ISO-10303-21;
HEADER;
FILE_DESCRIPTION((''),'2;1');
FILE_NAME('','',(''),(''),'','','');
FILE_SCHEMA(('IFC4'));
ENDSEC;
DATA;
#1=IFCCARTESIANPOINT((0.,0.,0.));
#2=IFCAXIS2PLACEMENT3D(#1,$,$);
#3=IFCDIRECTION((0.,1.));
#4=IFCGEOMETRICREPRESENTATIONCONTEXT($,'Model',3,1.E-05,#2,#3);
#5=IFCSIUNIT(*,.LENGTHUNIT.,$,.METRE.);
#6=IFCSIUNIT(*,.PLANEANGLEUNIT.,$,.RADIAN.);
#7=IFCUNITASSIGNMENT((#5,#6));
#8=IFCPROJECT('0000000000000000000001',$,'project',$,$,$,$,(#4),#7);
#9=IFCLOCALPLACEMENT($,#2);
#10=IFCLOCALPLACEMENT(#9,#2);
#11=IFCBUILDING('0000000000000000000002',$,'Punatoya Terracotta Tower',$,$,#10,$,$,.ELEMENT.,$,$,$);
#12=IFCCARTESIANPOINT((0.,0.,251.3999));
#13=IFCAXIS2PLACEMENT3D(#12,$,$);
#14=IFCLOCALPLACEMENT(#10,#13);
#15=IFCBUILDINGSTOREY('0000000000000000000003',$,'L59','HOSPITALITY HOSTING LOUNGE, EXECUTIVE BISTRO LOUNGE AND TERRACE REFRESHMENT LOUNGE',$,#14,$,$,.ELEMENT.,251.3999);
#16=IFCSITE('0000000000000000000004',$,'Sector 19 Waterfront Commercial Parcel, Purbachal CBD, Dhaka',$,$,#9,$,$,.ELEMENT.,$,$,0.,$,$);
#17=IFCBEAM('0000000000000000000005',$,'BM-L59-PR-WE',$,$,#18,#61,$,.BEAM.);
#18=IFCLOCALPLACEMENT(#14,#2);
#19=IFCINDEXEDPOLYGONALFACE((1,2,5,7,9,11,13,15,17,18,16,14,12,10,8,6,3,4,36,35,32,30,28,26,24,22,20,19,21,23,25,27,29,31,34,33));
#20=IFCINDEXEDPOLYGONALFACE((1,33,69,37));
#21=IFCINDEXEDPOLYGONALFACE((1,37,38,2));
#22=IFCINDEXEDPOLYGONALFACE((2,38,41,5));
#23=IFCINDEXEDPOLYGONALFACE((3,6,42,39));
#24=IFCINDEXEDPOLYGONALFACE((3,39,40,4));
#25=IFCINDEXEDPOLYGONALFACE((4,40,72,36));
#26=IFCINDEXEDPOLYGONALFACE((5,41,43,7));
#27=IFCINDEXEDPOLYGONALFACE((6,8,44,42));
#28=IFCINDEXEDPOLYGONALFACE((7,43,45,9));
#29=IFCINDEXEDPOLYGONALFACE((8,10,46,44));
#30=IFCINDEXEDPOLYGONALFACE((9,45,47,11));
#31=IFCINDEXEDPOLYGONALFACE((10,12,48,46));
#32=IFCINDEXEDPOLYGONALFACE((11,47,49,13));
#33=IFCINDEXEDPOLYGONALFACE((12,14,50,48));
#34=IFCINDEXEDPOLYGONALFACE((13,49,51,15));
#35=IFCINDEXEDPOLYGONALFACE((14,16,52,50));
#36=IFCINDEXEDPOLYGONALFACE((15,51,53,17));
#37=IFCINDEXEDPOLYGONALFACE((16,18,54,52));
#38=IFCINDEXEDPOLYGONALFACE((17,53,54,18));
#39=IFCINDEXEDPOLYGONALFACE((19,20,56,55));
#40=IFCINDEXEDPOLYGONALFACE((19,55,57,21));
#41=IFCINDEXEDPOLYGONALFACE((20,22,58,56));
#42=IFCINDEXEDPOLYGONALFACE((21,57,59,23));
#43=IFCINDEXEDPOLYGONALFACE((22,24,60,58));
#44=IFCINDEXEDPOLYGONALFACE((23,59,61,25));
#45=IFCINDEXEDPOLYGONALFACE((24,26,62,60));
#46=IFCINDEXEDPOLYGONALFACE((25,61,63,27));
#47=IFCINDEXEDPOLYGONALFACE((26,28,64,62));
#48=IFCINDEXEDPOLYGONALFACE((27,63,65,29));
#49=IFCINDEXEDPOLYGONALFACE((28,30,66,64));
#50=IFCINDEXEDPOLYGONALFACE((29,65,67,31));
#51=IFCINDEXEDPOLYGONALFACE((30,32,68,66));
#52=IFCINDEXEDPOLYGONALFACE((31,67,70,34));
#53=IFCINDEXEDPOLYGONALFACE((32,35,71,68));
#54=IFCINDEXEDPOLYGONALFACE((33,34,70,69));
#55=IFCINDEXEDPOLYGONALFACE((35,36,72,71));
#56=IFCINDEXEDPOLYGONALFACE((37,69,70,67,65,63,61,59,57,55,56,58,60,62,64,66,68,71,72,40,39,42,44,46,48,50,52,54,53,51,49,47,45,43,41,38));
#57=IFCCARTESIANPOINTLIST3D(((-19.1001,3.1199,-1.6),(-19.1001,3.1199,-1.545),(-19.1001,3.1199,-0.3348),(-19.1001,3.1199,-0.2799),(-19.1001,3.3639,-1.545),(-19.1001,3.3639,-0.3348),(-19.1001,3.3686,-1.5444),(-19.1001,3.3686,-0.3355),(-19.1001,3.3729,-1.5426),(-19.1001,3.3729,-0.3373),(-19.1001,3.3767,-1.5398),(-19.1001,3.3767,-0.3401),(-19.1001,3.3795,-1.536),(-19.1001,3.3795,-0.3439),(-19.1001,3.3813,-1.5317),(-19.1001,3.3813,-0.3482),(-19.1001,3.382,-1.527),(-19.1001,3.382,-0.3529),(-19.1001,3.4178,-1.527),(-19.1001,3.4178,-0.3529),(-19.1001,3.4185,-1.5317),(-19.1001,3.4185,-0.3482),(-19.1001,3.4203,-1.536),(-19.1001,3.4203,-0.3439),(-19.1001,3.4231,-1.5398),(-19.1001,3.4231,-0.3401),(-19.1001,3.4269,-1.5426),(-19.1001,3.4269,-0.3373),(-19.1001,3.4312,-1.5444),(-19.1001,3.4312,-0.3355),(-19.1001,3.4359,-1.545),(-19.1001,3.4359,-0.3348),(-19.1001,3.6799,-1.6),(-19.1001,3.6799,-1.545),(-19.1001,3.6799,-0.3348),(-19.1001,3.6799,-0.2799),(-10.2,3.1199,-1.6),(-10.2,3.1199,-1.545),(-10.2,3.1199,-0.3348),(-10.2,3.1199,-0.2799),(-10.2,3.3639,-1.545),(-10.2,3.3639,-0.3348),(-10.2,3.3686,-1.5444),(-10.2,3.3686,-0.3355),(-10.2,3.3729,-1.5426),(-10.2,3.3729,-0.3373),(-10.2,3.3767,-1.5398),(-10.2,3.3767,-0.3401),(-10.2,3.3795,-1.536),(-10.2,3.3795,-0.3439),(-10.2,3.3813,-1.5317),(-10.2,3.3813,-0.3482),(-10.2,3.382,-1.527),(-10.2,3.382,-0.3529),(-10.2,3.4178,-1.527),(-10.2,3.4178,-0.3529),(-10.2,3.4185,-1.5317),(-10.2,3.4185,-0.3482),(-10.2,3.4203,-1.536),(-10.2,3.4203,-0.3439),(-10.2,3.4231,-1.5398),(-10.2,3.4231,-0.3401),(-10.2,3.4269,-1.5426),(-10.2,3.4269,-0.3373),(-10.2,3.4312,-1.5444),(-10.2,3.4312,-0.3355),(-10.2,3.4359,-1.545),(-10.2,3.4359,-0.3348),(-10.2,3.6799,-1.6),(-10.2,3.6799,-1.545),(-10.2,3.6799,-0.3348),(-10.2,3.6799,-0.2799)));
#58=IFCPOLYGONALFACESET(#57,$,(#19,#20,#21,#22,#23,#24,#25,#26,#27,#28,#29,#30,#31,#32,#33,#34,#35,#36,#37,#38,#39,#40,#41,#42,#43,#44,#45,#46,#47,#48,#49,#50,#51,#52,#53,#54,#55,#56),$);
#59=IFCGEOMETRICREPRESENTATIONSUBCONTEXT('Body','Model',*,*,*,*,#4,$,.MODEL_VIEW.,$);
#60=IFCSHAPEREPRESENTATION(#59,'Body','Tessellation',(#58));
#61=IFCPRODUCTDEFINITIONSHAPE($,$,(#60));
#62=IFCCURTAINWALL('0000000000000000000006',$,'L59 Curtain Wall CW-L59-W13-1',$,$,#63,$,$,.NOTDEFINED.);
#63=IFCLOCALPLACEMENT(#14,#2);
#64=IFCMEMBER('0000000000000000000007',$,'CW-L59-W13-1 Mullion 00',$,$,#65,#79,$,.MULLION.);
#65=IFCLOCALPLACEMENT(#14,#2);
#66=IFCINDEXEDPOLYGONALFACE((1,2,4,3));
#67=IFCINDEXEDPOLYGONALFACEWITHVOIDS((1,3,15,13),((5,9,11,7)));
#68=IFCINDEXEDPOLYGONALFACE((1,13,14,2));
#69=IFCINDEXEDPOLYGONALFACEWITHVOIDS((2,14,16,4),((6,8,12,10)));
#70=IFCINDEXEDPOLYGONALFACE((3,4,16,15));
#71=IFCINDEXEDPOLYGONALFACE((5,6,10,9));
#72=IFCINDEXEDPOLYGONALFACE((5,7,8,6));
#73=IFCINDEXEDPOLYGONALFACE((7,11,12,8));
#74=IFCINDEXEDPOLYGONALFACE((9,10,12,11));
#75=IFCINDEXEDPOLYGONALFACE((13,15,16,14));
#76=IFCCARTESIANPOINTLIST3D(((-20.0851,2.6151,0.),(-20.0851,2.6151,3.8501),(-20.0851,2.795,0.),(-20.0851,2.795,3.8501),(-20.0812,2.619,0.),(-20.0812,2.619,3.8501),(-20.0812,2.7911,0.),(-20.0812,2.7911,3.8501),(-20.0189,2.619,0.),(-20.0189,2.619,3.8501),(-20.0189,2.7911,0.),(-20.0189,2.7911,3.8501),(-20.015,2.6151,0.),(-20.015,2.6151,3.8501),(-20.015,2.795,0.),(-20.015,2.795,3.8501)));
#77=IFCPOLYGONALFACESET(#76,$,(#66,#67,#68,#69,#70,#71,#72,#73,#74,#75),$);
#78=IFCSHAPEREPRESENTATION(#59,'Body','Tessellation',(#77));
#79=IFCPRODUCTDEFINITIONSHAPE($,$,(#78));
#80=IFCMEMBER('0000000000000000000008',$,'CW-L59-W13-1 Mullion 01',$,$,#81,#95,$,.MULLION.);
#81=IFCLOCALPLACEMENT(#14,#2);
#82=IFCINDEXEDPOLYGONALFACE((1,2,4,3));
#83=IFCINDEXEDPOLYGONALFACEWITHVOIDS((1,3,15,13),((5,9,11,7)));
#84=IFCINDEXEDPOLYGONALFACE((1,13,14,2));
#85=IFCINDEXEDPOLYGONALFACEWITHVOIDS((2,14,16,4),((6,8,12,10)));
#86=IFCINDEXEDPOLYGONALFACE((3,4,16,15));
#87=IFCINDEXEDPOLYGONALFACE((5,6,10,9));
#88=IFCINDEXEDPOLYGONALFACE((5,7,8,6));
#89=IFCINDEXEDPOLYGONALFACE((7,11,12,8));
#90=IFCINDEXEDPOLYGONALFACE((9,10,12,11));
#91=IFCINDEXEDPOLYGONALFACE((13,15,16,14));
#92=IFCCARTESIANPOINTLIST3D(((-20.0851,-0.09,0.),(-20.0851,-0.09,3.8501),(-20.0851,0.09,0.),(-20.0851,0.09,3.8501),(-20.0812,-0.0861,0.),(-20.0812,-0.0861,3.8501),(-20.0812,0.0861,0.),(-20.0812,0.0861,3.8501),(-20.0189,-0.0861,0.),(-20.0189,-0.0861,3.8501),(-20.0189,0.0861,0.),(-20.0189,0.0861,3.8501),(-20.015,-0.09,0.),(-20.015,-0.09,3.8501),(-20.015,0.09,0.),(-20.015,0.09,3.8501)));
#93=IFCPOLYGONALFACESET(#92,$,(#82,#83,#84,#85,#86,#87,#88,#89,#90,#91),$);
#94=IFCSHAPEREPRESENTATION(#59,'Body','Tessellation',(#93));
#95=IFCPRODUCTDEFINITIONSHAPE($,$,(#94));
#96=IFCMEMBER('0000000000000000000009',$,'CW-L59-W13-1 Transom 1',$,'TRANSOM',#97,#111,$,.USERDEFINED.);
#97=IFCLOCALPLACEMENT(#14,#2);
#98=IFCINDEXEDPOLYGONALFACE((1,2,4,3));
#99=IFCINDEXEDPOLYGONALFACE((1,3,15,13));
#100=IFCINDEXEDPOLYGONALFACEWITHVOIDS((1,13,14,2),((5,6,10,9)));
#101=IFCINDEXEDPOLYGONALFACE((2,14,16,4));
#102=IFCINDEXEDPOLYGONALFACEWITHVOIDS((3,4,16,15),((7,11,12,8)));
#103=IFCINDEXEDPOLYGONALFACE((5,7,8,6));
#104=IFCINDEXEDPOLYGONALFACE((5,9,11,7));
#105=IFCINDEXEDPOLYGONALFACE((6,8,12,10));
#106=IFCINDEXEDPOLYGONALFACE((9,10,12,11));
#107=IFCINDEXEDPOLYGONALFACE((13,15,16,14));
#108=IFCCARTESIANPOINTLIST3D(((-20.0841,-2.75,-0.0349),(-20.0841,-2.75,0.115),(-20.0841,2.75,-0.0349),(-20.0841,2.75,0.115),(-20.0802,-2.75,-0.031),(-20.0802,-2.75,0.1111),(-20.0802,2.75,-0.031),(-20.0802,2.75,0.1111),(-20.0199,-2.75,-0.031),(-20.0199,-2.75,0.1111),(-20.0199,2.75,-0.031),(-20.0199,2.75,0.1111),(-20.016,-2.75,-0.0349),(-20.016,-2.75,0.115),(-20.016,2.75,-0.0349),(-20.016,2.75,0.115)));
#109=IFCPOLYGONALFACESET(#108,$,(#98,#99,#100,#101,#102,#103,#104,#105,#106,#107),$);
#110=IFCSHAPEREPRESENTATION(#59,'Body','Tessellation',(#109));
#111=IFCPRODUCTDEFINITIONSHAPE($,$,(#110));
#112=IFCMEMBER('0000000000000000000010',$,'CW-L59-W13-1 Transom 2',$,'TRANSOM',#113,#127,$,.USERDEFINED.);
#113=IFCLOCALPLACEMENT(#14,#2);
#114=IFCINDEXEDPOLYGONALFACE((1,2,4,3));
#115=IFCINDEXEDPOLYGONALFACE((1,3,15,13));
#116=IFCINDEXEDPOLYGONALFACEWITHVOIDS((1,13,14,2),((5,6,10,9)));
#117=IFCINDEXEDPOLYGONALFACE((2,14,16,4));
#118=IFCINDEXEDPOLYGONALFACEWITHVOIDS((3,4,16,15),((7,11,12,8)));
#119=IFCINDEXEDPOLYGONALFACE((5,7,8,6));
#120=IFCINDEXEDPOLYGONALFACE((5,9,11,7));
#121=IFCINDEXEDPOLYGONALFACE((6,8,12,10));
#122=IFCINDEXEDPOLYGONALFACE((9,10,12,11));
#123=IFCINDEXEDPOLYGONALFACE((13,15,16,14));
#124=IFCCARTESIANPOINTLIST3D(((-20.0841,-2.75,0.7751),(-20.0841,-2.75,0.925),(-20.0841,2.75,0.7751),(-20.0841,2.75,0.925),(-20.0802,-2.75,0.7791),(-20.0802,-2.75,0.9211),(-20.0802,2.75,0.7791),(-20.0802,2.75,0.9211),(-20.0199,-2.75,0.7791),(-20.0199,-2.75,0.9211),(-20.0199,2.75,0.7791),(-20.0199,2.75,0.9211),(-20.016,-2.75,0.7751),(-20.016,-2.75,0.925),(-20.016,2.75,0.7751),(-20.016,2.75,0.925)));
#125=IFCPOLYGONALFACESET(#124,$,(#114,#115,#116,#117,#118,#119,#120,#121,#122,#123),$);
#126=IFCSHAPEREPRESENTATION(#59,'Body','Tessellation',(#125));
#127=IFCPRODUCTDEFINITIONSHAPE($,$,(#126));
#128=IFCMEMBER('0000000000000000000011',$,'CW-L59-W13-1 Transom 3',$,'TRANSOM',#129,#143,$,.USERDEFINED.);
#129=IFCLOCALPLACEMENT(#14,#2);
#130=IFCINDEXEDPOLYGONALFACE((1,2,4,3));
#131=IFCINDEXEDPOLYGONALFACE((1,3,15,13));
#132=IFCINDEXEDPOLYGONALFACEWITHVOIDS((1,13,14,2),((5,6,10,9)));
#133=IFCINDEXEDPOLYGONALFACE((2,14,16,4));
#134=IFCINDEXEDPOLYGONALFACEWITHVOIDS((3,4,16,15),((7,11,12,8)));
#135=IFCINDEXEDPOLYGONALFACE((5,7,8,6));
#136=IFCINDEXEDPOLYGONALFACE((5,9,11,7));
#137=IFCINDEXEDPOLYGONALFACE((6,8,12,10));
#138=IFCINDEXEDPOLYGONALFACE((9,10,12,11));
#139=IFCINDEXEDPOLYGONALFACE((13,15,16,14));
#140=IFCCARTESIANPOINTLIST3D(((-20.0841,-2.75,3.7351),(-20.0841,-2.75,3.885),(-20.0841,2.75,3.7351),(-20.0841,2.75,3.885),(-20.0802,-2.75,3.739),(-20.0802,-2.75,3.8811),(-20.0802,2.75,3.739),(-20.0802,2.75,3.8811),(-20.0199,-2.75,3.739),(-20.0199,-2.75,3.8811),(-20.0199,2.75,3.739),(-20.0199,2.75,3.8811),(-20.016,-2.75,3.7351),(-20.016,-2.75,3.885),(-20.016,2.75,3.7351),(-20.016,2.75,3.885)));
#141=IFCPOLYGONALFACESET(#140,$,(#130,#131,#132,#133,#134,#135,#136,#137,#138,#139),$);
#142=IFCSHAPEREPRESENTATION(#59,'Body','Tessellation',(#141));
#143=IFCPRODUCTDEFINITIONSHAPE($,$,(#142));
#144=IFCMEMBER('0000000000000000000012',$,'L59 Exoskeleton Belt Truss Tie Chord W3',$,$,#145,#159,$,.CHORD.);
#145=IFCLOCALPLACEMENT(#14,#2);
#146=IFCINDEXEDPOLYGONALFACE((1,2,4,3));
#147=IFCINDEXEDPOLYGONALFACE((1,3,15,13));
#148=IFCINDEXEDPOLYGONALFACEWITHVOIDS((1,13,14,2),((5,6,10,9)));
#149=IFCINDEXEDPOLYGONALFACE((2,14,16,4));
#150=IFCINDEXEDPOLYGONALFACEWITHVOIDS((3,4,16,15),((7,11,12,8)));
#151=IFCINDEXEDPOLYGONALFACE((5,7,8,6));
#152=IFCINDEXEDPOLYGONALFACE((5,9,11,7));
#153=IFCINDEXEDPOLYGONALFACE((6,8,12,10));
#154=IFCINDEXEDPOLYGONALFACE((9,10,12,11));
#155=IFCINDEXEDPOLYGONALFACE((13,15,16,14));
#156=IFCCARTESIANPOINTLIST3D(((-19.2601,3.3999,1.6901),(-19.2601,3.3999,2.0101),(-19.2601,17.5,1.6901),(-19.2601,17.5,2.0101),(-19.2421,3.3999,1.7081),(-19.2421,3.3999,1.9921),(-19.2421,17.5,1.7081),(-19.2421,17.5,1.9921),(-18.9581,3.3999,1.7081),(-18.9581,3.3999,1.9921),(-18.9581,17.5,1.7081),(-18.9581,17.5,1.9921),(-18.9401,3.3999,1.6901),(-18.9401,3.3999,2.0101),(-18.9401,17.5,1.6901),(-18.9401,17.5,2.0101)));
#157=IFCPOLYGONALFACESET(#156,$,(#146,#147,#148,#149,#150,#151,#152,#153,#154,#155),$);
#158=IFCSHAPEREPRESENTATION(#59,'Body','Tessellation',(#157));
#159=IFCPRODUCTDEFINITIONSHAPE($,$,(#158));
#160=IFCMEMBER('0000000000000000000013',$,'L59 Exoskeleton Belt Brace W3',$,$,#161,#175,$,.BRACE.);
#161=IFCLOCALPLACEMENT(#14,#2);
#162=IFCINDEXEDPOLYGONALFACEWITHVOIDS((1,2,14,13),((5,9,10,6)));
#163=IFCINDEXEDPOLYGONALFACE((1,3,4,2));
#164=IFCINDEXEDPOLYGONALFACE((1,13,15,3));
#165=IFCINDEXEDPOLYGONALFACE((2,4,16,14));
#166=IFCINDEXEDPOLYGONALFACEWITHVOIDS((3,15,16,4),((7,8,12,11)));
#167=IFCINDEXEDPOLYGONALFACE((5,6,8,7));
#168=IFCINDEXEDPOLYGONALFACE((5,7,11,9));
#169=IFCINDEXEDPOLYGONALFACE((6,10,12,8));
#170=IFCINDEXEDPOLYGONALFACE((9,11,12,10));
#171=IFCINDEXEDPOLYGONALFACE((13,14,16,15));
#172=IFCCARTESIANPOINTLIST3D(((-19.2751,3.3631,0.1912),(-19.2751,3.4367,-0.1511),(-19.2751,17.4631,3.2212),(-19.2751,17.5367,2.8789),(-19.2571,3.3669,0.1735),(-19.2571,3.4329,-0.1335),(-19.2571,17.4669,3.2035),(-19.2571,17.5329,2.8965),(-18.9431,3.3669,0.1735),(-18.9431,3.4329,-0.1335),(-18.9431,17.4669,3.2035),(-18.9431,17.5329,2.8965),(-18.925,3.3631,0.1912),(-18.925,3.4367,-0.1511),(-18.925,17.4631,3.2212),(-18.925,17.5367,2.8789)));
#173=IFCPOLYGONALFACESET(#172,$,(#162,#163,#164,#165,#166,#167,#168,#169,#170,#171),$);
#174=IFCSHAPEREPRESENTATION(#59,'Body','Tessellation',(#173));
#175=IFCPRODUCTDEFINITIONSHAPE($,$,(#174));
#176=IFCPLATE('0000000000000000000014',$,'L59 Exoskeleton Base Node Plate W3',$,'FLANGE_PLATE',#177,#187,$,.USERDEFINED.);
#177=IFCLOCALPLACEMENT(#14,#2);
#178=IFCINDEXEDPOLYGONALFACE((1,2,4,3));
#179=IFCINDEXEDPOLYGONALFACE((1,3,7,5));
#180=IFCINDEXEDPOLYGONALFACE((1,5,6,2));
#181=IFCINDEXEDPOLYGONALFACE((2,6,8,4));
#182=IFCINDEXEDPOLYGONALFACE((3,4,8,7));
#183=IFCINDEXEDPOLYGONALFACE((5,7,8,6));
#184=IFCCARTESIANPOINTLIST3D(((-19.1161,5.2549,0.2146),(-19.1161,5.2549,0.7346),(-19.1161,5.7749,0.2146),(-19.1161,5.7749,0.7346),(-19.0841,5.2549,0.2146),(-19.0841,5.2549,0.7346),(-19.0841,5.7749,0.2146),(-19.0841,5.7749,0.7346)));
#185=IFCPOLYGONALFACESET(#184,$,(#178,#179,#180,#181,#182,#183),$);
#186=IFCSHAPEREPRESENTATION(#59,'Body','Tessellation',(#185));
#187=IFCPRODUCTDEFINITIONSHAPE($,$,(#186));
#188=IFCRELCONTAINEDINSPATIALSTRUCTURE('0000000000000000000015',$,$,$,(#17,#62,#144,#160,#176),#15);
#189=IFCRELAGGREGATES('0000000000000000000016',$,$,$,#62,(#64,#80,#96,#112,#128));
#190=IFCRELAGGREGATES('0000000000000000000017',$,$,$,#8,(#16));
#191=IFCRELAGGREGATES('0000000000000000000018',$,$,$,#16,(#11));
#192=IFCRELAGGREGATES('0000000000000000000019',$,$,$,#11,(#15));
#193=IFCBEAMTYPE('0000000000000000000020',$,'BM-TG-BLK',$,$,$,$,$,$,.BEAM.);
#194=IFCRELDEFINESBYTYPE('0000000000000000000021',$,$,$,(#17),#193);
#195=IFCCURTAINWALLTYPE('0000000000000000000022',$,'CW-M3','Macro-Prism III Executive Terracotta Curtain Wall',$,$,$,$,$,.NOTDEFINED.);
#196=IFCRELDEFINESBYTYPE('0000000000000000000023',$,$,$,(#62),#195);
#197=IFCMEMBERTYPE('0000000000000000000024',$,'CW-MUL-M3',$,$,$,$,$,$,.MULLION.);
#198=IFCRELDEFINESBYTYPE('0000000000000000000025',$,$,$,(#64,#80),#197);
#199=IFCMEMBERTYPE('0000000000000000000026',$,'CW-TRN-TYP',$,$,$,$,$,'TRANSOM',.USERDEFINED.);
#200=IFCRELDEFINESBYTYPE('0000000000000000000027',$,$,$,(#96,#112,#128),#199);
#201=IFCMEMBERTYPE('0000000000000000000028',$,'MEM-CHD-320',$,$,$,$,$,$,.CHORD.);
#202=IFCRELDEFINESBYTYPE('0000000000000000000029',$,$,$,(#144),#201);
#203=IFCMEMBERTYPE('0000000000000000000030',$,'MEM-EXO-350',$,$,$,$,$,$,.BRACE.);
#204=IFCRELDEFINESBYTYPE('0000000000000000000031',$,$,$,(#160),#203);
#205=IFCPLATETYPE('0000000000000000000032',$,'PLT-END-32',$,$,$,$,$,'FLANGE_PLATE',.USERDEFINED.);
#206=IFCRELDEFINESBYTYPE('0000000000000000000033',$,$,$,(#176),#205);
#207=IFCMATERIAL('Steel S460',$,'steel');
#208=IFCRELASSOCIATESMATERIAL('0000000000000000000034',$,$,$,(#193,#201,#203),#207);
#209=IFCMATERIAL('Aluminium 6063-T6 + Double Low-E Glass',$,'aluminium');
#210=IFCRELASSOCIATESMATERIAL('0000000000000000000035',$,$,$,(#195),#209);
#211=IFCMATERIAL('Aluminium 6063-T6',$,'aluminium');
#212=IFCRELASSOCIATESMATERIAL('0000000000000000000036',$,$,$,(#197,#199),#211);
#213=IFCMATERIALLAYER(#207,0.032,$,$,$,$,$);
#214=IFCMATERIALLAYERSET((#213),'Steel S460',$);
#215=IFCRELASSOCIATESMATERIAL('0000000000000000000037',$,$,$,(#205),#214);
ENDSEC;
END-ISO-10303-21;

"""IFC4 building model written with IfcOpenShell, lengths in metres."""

from ifc_helpers import new_model, si_unit, direction, frame, origin, origin_2d, place, context, subcontext, project, spatial, rectangle, hollow_rectangle, i_section, extrude, material, layer, layer_set, material_profile, profile_set, type_object, element, aggregate, save


model = new_model("IFC4")

# Units and contexts
model_context = context("Model", 3, precision=1e-05, world=origin(), true_north=direction((0.0, 1.0)))
body_context = subcontext(model_context, "Body", "Model", "MODEL_VIEW")
ifc_project = project(units=[si_unit("LENGTHUNIT", "METRE"), si_unit("PLANEANGLEUNIT", "RADIAN")], contexts=[model_context])

# Site, building, storey
site_placement = place(None, origin())
site = spatial("IfcSite", under=ifc_project, at=site_placement, Name="Sector 19 Waterfront Commercial Parcel, Purbachal CBD, Dhaka", CompositionType="ELEMENT", RefElevation=0.0)
building_placement = place(site_placement, origin())
building = spatial("IfcBuilding", under=site, at=building_placement, Name="Punatoya Terracotta Tower", CompositionType="ELEMENT")
storey_placement = place(building_placement, frame((0.0, 0.0, 251.3999)))
storey = spatial("IfcBuildingStorey", under=building, at=storey_placement, Name="L59", Description="HOSPITALITY HOSTING LOUNGE, EXECUTIVE BISTRO LOUNGE AND TERRACE REFRESHMENT LOUNGE", CompositionType="ELEMENT", Elevation=251.3999)

# Shared definitions
ifc_material_1 = material(Name="Steel S460", Category="steel")

# Beam
ifc_material_profile_1 = material_profile(ifc_material_1, i_section(OverallWidth=0.5601, OverallDepth=1.3201, WebThickness=0.0359, FlangeThickness=0.0549, FilletRadius=0.0181, at=origin_2d()))
ifc_profile_set_1 = profile_set([ifc_material_profile_1], Name="Steel S460")
beam_type_1 = type_object("IfcBeamType", Name="BM-TG-BLK", PredefinedType="BEAM", material=ifc_profile_set_1)
beam_1_placement = place(storey_placement, frame((-19.1001, 3.3999, -0.9399), z_axis=(1.0, 0.0, 0.0), x_axis=(0.0, 1.0, 0.0)))
element("IfcBeam", 1, at=beam_1_placement, inside=storey, type_object=beam_type_1, Name="BM-L59-PR-WE", PredefinedType="BEAM", context=body_context, shape_type="SweptSolid", body=[
    extrude(i_section(OverallWidth=0.5601, OverallDepth=1.3201, WebThickness=0.0359, FlangeThickness=0.0549, FilletRadius=0.0181, at=origin_2d()), origin(), (0.0, 0.0, 1.0), 8.9001),
])

# Curtain wall, members
ifc_material_2 = material(Name="Aluminium 6063-T6 + Double Low-E Glass", Category="aluminium")
curtain_wall_type = type_object("IfcCurtainWallType", Name="CW-M3", Description="Macro-Prism III Executive Terracotta Curtain Wall", PredefinedType="NOTDEFINED", material=ifc_material_2)
curtain_wall_placement = place(storey_placement, origin())
curtain_wall = element("IfcCurtainWall", 2, at=curtain_wall_placement, inside=storey, type_object=curtain_wall_type, Name="L59 Curtain Wall CW-L59-W13-1", PredefinedType="NOTDEFINED")
ifc_material_3 = material(Name="Aluminium 6063-T6", Category="aluminium")
ifc_material_profile_2 = material_profile(ifc_material_3, hollow_rectangle(XDim=0.0701, YDim=0.1799, WallThickness=0.0039, at=origin_2d()))
ifc_profile_set_2 = profile_set([ifc_material_profile_2], Name="Aluminium 6063-T6")
member_type_1 = type_object("IfcMemberType", Name="CW-MUL-M3", PredefinedType="MULLION", material=ifc_profile_set_2)
member_1_placement = place(storey_placement, frame((-20.05, 2.7051, 0.0), z_axis=(0.0, 0.0, 1.0), x_axis=(1.0, 0.0, 0.0)))
member_1 = element("IfcMember", 3, at=member_1_placement, type_object=member_type_1, Name="CW-L59-W13-1 Mullion 00", PredefinedType="MULLION", context=body_context, shape_type="SweptSolid", body=[
    extrude(hollow_rectangle(XDim=0.0701, YDim=0.1799, WallThickness=0.0039, at=origin_2d()), origin(), (0.0, 0.0, 1.0), 3.8501),
])
member_2_placement = place(storey_placement, frame((-20.05, 0.0, 0.0), z_axis=(0.0, 0.0, 1.0), x_axis=(1.0, 0.0, 0.0)))
member_2 = element("IfcMember", 4, at=member_2_placement, type_object=member_type_1, Name="CW-L59-W13-1 Mullion 01", PredefinedType="MULLION", context=body_context, shape_type="SweptSolid", body=[
    extrude(hollow_rectangle(XDim=0.0701, YDim=0.1799, WallThickness=0.0039, at=origin_2d()), origin(), (0.0, 0.0, 1.0), 3.8501),
])
ifc_material_profile_3 = material_profile(ifc_material_3, hollow_rectangle(XDim=0.0681, YDim=0.1499, WallThickness=0.0039, at=origin_2d()))
ifc_profile_set_3 = profile_set([ifc_material_profile_3], Name="Aluminium 6063-T6")
member_type_2 = type_object("IfcMemberType", Name="CW-TRN-TYP", ElementType="TRANSOM", PredefinedType="USERDEFINED", material=ifc_profile_set_3)
member_3_placement = place(storey_placement, frame((-20.05, 2.75, 0.04), z_axis=(0.0, -1.0, 0.0), x_axis=(1.0, 0.0, 0.0)))
member_3 = element("IfcMember", 5, at=member_3_placement, type_object=member_type_2, Name="CW-L59-W13-1 Transom 1", ObjectType="TRANSOM", PredefinedType="USERDEFINED", context=body_context, shape_type="SweptSolid", body=[
    extrude(hollow_rectangle(XDim=0.0681, YDim=0.1499, WallThickness=0.0039, at=origin_2d()), origin(), (0.0, 0.0, 1.0), 5.5),
])
member_4_placement = place(storey_placement, frame((-20.05, 2.75, 0.8501), z_axis=(0.0, -1.0, 0.0), x_axis=(1.0, 0.0, 0.0)))
member_4 = element("IfcMember", 6, at=member_4_placement, type_object=member_type_2, Name="CW-L59-W13-1 Transom 2", ObjectType="TRANSOM", PredefinedType="USERDEFINED", context=body_context, shape_type="SweptSolid", body=[
    extrude(hollow_rectangle(XDim=0.0681, YDim=0.1499, WallThickness=0.0039, at=origin_2d()), origin(), (0.0, 0.0, 1.0), 5.5),
])
member_5_placement = place(storey_placement, frame((-20.05, 2.75, 3.8101), z_axis=(0.0, -1.0, 0.0), x_axis=(1.0, 0.0, 0.0)))
member_5 = element("IfcMember", 7, at=member_5_placement, type_object=member_type_2, Name="CW-L59-W13-1 Transom 3", ObjectType="TRANSOM", PredefinedType="USERDEFINED", context=body_context, shape_type="SweptSolid", body=[
    extrude(hollow_rectangle(XDim=0.0681, YDim=0.1499, WallThickness=0.0039, at=origin_2d()), origin(), (0.0, 0.0, 1.0), 5.5),
])

# Members
ifc_material_profile_4 = material_profile(ifc_material_1, hollow_rectangle(XDim=0.3201, YDim=0.3201, WallThickness=0.0181, at=origin_2d()))
ifc_profile_set_4 = profile_set([ifc_material_profile_4], Name="Steel S460")
member_type_3 = type_object("IfcMemberType", Name="MEM-CHD-320", PredefinedType="CHORD", material=ifc_profile_set_4)
member_6_placement = place(storey_placement, frame((-19.1001, 3.3999, 1.8501), z_axis=(0.0, 1.0, 0.0), x_axis=(-1.0, 0.0, 0.0)))
element("IfcMember", 8, at=member_6_placement, inside=storey, type_object=member_type_3, Name="L59 Exoskeleton Belt Truss Tie Chord W3", PredefinedType="CHORD", context=body_context, shape_type="SweptSolid", body=[
    extrude(hollow_rectangle(XDim=0.3201, YDim=0.3201, WallThickness=0.0181, at=origin_2d()), origin(), (0.0, 0.0, 1.0), 14.1001),
])
ifc_material_profile_5 = material_profile(ifc_material_1, hollow_rectangle(XDim=0.3501, YDim=0.3501, WallThickness=0.0181, at=origin_2d()))
ifc_profile_set_5 = profile_set([ifc_material_profile_5], Name="Steel S460")
member_type_4 = type_object("IfcMemberType", Name="MEM-EXO-350", PredefinedType="BRACE", material=ifc_profile_set_5)
member_7_placement = place(storey_placement, frame((-19.1001, 3.3999, 0.02), z_axis=(0.0, 0.97768, 0.210098), x_axis=(-1.0, 0.0, 0.0)))
element("IfcMember", 9, at=member_7_placement, inside=storey, type_object=member_type_4, Name="L59 Exoskeleton Belt Brace W3", PredefinedType="BRACE", context=body_context, shape_type="SweptSolid", body=[
    extrude(hollow_rectangle(XDim=0.3501, YDim=0.3501, WallThickness=0.0181, at=origin_2d()), origin(), (0.0, 0.0, 1.0), 14.4219),
])

# Plate
ifc_layer_1 = layer(ifc_material_1, 0.032)
ifc_layer_set_1 = layer_set([ifc_layer_1], Name="Steel S460")
plate_type_1 = type_object("IfcPlateType", Name="PLT-END-32", ElementType="FLANGE_PLATE", PredefinedType="USERDEFINED", material=ifc_layer_set_1)
plate_1_placement = place(storey_placement, frame((-19.1001, 5.5149, 0.2146), z_axis=(0.0, 0.0, 1.0), x_axis=(0.0, 1.0, 0.0)))
element("IfcPlate", 10, at=plate_1_placement, inside=storey, type_object=plate_type_1, Name="L59 Exoskeleton Base Node Plate W3", ObjectType="FLANGE_PLATE", PredefinedType="USERDEFINED", context=body_context, shape_type="SweptSolid", body=[
    extrude(rectangle(XDim=0.52, YDim=0.032, at=origin_2d()), origin(), (0.0, 0.0, 1.0), 0.52),
])
aggregate(curtain_wall, [member_1, member_2, member_3, member_4, member_5])

save(model, "model.ifc")
